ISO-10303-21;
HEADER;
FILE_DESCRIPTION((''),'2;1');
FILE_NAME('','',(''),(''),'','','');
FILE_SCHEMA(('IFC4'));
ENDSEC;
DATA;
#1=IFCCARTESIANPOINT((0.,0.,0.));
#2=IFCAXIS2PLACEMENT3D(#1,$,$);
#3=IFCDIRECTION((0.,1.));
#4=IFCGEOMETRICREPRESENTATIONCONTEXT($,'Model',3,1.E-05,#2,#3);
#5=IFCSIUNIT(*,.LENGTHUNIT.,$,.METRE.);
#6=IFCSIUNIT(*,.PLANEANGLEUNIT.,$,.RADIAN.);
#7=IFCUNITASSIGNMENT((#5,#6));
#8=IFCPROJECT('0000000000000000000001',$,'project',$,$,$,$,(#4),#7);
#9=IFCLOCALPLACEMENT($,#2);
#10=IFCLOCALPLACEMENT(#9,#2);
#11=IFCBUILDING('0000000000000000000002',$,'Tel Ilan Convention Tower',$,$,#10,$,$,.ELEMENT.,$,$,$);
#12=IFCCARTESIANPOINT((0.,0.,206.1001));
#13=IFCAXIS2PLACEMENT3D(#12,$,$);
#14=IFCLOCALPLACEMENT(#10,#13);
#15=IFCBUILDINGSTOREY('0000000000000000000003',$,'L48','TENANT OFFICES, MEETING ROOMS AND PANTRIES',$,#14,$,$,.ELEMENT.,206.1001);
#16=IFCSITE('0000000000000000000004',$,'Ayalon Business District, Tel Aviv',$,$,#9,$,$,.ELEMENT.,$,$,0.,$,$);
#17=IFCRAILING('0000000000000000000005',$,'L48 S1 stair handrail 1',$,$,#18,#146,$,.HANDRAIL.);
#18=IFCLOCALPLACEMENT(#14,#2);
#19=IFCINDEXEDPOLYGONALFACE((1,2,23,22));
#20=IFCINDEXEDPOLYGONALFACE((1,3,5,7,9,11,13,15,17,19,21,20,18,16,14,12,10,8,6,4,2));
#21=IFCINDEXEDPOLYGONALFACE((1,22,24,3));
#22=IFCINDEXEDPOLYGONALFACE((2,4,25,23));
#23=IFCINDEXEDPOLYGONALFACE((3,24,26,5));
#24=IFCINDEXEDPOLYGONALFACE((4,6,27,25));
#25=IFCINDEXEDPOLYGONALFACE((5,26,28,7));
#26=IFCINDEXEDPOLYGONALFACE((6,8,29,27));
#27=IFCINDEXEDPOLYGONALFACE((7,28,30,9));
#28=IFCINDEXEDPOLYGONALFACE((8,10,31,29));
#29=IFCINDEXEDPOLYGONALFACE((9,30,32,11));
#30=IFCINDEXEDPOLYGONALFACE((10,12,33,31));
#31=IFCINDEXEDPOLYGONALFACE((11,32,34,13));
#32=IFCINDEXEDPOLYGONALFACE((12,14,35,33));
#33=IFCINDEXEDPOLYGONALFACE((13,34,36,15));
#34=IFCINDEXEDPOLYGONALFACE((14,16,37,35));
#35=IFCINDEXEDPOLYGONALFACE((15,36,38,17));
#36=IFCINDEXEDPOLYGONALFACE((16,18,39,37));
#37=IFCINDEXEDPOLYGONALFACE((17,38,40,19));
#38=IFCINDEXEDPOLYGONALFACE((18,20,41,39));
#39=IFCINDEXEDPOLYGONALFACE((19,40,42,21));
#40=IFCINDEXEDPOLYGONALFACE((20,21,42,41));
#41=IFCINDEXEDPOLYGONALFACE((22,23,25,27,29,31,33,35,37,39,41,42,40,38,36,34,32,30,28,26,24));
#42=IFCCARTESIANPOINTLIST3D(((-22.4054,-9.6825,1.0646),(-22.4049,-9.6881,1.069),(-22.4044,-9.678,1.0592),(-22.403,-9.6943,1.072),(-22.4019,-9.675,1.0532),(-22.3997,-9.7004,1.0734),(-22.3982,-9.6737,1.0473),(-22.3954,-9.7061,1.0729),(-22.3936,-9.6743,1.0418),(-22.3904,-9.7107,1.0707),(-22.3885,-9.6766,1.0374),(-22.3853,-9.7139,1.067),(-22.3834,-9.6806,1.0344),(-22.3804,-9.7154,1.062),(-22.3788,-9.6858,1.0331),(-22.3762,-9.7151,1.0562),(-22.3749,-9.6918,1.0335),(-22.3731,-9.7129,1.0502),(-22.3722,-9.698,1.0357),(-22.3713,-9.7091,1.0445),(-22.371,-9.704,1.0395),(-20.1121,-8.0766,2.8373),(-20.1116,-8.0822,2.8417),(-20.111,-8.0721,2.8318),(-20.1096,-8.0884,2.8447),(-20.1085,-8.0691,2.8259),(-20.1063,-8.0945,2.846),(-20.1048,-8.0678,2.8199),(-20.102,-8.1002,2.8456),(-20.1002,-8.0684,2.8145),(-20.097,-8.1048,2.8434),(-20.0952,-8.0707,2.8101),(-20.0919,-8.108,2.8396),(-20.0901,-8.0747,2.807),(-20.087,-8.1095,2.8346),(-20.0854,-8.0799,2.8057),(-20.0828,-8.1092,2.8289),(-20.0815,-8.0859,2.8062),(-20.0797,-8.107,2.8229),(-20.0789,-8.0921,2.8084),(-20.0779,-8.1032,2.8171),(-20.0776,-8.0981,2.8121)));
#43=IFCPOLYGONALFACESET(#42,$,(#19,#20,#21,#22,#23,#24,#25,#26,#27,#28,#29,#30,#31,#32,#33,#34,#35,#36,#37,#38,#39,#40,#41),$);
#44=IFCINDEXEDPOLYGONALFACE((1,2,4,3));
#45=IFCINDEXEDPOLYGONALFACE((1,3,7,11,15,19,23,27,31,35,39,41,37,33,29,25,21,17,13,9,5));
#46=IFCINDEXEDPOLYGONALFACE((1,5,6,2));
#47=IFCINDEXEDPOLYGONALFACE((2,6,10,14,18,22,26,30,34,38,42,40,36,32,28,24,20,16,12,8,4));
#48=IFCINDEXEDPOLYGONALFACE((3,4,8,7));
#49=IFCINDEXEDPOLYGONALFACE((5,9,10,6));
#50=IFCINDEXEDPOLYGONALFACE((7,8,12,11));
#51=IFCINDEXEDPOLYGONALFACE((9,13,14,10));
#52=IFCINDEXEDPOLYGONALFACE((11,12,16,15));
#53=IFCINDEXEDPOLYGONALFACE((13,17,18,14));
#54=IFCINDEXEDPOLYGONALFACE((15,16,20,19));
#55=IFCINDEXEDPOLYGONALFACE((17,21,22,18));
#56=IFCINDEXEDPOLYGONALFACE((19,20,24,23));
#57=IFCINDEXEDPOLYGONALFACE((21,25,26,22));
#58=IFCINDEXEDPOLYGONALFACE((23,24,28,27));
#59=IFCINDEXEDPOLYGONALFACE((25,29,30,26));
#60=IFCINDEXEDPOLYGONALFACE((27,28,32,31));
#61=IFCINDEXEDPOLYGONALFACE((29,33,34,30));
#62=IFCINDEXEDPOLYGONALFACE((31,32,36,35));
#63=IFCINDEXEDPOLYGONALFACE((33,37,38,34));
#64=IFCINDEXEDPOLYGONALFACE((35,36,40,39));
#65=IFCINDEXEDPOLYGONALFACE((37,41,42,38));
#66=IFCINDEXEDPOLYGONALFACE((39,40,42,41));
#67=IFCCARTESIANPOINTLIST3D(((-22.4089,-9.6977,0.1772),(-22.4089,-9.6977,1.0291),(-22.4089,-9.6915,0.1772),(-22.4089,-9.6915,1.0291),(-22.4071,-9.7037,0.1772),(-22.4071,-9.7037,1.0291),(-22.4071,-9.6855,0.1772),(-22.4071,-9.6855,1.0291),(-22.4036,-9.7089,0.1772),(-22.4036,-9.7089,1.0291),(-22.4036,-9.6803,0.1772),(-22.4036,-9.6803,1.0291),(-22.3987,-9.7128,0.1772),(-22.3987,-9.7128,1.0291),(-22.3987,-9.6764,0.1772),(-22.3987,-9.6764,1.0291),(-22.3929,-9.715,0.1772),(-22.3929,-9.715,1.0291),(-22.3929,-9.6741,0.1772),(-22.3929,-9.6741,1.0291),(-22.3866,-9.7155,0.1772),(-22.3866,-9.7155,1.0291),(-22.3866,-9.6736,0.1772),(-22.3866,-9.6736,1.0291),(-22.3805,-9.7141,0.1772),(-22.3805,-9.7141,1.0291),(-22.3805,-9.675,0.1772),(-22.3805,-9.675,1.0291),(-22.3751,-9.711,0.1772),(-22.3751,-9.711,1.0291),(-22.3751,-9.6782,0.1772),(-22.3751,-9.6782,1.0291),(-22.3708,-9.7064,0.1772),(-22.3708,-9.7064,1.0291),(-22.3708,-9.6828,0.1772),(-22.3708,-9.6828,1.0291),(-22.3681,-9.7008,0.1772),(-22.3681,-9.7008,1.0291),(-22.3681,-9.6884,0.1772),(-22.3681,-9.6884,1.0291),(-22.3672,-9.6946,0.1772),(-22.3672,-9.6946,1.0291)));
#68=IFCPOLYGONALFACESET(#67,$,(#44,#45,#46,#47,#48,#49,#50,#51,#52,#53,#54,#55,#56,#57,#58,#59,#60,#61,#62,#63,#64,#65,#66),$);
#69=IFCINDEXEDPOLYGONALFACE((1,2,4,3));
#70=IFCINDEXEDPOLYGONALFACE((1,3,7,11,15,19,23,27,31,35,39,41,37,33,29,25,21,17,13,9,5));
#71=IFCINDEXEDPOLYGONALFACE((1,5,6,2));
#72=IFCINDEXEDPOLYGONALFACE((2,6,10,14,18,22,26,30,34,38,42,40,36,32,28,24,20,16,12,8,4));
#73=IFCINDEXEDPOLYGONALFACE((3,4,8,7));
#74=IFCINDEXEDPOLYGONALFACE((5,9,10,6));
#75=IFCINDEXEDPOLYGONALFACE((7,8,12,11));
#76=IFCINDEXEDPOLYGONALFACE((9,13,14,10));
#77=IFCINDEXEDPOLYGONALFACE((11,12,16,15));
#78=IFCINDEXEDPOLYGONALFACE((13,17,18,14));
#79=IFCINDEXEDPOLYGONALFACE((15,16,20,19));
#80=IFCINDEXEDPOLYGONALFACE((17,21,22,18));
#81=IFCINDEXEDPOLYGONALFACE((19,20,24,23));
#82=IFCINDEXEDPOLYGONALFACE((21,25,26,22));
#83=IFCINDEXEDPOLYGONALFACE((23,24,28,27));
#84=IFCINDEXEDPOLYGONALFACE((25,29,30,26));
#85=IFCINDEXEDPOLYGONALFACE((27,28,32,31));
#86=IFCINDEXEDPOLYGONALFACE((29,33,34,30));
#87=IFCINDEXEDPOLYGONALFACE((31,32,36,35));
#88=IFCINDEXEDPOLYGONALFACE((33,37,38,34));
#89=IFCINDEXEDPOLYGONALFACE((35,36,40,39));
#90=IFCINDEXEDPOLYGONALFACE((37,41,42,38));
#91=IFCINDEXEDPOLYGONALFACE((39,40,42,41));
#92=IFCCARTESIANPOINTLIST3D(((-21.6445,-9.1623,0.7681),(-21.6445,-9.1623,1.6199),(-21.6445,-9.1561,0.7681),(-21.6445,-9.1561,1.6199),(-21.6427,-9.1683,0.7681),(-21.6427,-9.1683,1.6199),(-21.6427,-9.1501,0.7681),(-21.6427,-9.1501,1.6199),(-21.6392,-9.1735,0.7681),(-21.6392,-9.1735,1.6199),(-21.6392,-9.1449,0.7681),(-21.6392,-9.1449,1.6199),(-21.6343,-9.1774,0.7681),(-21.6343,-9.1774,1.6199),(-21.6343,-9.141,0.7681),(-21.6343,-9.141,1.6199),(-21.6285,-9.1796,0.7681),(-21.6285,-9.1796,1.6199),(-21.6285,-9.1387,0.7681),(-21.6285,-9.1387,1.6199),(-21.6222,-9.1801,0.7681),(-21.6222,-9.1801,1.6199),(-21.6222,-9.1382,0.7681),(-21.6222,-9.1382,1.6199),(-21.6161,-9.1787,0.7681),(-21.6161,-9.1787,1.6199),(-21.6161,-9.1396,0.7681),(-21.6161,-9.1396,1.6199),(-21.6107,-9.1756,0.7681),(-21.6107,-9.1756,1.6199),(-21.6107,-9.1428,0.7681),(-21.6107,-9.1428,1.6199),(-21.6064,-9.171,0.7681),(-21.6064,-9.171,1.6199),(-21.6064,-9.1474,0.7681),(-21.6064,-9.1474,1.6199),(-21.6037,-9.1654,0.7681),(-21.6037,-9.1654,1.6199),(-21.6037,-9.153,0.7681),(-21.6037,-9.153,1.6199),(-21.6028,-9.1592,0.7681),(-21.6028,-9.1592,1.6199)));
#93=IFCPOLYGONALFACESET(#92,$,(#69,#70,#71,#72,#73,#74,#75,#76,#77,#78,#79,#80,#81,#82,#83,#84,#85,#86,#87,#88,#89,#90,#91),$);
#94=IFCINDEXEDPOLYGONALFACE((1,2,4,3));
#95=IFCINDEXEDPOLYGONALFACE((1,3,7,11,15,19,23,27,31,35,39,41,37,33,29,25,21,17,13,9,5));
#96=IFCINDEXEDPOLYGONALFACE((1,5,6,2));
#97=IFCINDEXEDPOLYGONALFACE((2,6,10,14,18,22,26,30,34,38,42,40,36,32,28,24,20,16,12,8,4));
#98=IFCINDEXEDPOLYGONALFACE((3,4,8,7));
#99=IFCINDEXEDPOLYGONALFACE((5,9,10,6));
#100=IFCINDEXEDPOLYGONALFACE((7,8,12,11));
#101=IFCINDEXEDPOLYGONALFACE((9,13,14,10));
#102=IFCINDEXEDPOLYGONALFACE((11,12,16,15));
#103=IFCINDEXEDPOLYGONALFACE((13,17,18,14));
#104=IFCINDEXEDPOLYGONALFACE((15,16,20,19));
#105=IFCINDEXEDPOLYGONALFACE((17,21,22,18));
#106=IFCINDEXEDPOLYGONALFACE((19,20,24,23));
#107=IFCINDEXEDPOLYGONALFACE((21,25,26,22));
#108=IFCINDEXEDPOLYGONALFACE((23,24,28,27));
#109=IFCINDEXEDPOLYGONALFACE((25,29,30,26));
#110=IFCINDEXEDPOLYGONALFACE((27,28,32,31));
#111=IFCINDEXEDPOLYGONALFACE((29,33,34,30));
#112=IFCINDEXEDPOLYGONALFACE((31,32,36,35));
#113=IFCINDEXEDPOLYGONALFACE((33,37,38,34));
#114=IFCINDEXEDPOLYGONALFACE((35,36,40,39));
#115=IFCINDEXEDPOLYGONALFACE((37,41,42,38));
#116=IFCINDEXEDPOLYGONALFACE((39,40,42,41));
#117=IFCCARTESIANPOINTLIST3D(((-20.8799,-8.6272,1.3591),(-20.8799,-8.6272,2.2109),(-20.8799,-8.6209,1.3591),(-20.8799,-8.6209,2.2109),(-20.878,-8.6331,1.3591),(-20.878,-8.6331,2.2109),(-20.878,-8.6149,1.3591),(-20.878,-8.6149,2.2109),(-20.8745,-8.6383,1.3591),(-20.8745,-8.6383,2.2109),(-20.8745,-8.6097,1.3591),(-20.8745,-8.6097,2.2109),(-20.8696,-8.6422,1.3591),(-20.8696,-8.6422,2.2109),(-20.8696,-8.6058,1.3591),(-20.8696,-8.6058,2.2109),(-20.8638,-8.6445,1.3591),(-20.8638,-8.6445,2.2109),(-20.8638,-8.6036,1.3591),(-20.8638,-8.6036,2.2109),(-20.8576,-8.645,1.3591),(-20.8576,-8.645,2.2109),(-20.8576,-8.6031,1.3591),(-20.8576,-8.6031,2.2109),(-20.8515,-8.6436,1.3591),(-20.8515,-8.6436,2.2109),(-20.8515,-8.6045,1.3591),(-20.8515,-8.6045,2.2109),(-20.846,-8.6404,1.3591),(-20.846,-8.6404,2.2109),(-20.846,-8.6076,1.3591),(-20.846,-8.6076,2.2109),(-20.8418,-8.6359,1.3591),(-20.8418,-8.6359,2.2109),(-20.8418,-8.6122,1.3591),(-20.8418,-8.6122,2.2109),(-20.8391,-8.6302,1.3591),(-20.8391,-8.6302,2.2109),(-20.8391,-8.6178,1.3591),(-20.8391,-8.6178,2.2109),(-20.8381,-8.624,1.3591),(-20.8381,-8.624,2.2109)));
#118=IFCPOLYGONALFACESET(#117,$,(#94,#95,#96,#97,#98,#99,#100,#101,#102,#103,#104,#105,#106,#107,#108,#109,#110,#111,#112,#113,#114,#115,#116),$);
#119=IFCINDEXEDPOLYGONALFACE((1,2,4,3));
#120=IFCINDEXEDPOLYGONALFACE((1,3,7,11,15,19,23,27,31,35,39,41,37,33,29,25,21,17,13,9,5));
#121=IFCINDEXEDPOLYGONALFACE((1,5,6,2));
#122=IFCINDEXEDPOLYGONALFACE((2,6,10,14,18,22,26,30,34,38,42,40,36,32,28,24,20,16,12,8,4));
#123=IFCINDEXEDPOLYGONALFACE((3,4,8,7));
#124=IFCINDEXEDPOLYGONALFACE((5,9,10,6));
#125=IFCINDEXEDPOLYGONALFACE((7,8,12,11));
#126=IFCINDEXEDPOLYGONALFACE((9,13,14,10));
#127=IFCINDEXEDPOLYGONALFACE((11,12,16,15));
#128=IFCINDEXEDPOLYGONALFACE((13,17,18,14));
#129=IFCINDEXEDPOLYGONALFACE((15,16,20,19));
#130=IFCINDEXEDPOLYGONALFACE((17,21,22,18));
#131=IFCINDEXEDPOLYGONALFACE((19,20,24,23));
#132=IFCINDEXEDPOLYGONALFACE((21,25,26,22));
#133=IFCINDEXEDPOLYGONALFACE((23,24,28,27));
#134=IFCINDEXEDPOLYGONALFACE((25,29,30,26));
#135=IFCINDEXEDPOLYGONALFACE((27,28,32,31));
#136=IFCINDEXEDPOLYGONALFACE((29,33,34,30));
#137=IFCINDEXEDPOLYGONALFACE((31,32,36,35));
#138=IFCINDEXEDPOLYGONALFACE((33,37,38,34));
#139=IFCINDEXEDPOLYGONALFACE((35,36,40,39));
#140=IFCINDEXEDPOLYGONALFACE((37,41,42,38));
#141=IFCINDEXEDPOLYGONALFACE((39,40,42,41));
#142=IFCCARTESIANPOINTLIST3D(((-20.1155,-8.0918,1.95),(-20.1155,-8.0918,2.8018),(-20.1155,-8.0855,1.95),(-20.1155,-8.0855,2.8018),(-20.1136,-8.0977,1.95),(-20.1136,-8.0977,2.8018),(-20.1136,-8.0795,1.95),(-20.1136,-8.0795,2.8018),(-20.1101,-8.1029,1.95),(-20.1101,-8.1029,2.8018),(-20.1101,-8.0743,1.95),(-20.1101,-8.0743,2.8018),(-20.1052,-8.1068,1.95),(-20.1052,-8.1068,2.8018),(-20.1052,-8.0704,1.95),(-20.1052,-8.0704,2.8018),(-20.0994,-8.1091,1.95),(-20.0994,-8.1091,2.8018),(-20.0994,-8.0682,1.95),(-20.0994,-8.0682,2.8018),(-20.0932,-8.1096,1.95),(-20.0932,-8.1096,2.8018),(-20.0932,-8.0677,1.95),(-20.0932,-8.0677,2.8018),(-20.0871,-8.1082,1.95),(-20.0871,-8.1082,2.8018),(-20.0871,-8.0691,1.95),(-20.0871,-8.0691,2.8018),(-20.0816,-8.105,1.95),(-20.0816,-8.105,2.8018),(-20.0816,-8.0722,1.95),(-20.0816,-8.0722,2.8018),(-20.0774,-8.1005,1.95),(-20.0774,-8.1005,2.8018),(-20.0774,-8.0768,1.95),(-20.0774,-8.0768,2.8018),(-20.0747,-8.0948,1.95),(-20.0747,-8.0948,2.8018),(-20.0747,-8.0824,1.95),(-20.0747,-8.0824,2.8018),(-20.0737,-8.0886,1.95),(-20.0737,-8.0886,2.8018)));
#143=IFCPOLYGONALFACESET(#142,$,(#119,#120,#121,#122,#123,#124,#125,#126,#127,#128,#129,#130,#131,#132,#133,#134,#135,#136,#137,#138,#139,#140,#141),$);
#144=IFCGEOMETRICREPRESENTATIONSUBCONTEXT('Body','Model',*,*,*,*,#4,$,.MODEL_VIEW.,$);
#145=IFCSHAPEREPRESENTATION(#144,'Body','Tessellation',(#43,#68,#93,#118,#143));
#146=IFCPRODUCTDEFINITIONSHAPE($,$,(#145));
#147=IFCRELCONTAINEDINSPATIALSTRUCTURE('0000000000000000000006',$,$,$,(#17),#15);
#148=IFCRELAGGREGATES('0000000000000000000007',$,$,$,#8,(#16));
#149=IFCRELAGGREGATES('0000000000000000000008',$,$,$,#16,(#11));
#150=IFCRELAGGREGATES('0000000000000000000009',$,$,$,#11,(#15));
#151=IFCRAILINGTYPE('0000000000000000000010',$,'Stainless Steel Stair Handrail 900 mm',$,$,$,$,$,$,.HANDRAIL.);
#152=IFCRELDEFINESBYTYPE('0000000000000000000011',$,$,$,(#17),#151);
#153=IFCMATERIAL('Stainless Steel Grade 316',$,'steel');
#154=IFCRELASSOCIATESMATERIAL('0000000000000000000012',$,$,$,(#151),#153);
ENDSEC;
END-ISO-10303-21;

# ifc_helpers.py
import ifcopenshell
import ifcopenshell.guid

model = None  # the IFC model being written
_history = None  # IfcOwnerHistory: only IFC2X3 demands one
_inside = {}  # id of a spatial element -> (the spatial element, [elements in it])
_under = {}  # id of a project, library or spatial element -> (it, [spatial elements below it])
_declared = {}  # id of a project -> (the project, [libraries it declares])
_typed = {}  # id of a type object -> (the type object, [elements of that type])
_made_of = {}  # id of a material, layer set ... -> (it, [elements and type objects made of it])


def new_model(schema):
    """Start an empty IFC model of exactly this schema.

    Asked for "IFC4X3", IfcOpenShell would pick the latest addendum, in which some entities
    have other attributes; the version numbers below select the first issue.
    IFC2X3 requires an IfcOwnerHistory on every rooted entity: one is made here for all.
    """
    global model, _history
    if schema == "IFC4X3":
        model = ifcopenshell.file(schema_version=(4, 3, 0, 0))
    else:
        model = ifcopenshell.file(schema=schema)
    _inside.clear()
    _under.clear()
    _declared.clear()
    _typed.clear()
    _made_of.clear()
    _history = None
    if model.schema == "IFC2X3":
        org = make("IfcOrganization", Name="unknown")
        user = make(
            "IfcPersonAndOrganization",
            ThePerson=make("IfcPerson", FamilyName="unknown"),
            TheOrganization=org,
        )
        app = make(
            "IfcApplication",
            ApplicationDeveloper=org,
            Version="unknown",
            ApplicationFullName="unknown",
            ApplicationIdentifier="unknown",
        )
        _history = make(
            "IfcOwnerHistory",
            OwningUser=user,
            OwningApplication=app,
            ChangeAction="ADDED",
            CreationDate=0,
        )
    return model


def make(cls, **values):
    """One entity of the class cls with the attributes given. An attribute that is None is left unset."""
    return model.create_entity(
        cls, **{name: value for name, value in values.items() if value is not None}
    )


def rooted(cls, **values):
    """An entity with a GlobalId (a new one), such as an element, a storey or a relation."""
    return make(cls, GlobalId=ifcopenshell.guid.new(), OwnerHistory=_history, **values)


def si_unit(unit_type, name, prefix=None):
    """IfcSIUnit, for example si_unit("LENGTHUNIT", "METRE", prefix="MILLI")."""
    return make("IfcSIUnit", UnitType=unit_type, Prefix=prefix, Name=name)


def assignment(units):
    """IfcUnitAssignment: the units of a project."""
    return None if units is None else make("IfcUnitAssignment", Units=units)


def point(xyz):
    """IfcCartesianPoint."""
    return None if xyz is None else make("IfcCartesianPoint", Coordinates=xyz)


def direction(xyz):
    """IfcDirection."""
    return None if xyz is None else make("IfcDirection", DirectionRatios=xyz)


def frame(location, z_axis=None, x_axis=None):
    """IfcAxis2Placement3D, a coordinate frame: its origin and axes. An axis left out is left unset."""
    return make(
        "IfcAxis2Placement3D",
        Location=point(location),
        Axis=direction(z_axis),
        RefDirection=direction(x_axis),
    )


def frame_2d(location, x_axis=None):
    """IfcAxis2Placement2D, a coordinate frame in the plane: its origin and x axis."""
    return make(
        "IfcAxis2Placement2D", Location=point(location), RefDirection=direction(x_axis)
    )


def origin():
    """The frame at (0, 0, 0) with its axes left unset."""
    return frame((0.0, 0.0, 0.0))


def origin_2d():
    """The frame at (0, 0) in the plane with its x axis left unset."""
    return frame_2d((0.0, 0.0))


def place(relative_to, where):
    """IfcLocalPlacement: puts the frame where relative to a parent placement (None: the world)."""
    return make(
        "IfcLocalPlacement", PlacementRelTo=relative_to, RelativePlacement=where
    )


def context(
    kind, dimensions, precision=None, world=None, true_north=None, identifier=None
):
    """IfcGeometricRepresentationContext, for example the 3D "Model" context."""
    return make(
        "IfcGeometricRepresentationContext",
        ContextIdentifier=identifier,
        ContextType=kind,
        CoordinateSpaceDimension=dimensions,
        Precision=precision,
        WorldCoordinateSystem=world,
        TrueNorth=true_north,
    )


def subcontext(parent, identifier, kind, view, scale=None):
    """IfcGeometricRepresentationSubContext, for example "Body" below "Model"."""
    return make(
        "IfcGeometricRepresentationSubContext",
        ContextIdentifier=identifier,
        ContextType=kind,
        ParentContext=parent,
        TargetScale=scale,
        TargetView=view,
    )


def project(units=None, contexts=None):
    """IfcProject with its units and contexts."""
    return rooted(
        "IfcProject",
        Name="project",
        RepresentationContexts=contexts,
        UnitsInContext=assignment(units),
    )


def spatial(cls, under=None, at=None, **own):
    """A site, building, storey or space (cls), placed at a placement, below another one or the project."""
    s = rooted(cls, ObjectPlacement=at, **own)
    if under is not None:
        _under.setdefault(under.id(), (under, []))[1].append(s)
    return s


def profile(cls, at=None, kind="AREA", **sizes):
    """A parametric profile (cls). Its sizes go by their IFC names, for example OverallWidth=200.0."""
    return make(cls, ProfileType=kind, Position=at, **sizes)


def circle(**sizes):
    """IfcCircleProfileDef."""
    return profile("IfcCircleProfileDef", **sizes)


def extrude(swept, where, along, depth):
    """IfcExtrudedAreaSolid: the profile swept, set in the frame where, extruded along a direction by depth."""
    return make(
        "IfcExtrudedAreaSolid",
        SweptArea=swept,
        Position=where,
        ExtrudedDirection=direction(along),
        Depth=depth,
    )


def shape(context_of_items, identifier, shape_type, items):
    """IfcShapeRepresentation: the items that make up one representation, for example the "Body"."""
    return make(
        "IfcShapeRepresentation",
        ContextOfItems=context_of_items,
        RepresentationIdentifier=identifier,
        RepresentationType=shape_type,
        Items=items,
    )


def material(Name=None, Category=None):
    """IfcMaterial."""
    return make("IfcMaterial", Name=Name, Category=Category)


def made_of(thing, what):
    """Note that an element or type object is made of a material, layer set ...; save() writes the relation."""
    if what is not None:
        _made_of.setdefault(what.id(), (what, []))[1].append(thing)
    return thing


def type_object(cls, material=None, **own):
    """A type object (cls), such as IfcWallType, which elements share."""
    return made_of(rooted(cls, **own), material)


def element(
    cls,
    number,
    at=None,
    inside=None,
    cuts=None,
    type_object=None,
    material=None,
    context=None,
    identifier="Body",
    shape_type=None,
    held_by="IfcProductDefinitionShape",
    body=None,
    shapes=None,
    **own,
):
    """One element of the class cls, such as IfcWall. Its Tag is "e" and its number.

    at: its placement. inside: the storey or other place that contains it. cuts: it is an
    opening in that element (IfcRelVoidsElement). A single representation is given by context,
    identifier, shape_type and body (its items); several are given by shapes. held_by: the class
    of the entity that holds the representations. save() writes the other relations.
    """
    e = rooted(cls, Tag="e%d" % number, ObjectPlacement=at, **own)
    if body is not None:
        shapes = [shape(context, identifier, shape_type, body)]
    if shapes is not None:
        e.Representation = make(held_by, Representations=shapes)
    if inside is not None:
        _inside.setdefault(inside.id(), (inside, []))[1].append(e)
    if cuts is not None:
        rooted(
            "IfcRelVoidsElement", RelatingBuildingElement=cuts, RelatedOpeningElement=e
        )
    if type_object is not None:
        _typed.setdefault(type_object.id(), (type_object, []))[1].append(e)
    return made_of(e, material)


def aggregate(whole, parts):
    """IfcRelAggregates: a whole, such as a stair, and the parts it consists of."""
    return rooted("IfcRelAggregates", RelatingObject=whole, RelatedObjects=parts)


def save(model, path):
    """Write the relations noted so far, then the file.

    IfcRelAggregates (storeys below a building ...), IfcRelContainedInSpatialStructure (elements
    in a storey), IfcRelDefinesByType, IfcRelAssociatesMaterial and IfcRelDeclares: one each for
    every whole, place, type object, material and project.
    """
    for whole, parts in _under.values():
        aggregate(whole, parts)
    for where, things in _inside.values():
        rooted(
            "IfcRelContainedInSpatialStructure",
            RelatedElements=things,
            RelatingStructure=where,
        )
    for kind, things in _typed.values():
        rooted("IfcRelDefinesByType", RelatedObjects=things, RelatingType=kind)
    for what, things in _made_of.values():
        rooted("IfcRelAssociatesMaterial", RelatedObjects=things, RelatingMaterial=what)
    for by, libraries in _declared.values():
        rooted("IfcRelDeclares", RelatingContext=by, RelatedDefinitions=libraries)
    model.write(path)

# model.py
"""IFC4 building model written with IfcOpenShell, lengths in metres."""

from ifc_helpers import new_model, si_unit, direction, frame, origin, origin_2d, place, context, subcontext, project, spatial, circle, extrude, material, type_object, element, save


model = new_model("IFC4")

# Units and contexts
model_context = context("Model", 3, precision=1e-05, world=origin(), true_north=direction((0.0, 1.0)))
body_context = subcontext(model_context, "Body", "Model", "MODEL_VIEW")
ifc_project = project(units=[si_unit("LENGTHUNIT", "METRE"), si_unit("PLANEANGLEUNIT", "RADIAN")], contexts=[model_context])

# Site, building, storey
site_placement = place(None, origin())
site = spatial("IfcSite", under=ifc_project, at=site_placement, Name="Ayalon Business District, Tel Aviv", CompositionType="ELEMENT", RefElevation=0.0)
building_placement = place(site_placement, origin())
building = spatial("IfcBuilding", under=site, at=building_placement, Name="Tel Ilan Convention Tower", CompositionType="ELEMENT")
storey_placement = place(building_placement, frame((0.0, 0.0, 206.1001)))
storey = spatial("IfcBuildingStorey", under=building, at=storey_placement, Name="L48", Description="TENANT OFFICES, MEETING ROOMS AND PANTRIES", CompositionType="ELEMENT", Elevation=206.1001)

# Railing
ifc_material_1 = material(Name="Stainless Steel Grade 316", Category="steel")
railing_type_1 = type_object("IfcRailingType", Name="Stainless Steel Stair Handrail 900 mm", PredefinedType="HANDRAIL", material=ifc_material_1)
railing_1_placement = place(storey_placement, frame((-22.3882, -9.6946, 0.1772)))
element("IfcRailing", 1, at=railing_1_placement, inside=storey, type_object=railing_type_1, Name="L48 S1 stair handrail 1", PredefinedType="HANDRAIL", context=body_context, shape_type="SweptSolid", body=[
    extrude(circle(Radius=0.0239, at=origin_2d()), frame((0.0, 0.0, 0.876), z_axis=(0.692085, 0.484621, 0.53494), x_axis=(-0.573591, 0.819142, 0.0)), (0.0, 0.0, 1.0), 3.3137),
    extrude(circle(Radius=0.021, at=origin_2d()), origin(), (0.0, 0.0, 1.0), 0.8518),
    extrude(circle(Radius=0.021, at=origin_2d()), frame((0.7644, 0.5354, 0.5908)), (0.0, 0.0, 1.0), 0.8518),
    extrude(circle(Radius=0.021, at=origin_2d()), frame((1.5291, 1.0706, 1.1819)), (0.0, 0.0, 1.0), 0.8518),
    extrude(circle(Radius=0.021, at=origin_2d()), frame((2.2935, 1.606, 1.7727)), (0.0, 0.0, 1.0), 0.8518),
])

save(model, "model.ifc")
